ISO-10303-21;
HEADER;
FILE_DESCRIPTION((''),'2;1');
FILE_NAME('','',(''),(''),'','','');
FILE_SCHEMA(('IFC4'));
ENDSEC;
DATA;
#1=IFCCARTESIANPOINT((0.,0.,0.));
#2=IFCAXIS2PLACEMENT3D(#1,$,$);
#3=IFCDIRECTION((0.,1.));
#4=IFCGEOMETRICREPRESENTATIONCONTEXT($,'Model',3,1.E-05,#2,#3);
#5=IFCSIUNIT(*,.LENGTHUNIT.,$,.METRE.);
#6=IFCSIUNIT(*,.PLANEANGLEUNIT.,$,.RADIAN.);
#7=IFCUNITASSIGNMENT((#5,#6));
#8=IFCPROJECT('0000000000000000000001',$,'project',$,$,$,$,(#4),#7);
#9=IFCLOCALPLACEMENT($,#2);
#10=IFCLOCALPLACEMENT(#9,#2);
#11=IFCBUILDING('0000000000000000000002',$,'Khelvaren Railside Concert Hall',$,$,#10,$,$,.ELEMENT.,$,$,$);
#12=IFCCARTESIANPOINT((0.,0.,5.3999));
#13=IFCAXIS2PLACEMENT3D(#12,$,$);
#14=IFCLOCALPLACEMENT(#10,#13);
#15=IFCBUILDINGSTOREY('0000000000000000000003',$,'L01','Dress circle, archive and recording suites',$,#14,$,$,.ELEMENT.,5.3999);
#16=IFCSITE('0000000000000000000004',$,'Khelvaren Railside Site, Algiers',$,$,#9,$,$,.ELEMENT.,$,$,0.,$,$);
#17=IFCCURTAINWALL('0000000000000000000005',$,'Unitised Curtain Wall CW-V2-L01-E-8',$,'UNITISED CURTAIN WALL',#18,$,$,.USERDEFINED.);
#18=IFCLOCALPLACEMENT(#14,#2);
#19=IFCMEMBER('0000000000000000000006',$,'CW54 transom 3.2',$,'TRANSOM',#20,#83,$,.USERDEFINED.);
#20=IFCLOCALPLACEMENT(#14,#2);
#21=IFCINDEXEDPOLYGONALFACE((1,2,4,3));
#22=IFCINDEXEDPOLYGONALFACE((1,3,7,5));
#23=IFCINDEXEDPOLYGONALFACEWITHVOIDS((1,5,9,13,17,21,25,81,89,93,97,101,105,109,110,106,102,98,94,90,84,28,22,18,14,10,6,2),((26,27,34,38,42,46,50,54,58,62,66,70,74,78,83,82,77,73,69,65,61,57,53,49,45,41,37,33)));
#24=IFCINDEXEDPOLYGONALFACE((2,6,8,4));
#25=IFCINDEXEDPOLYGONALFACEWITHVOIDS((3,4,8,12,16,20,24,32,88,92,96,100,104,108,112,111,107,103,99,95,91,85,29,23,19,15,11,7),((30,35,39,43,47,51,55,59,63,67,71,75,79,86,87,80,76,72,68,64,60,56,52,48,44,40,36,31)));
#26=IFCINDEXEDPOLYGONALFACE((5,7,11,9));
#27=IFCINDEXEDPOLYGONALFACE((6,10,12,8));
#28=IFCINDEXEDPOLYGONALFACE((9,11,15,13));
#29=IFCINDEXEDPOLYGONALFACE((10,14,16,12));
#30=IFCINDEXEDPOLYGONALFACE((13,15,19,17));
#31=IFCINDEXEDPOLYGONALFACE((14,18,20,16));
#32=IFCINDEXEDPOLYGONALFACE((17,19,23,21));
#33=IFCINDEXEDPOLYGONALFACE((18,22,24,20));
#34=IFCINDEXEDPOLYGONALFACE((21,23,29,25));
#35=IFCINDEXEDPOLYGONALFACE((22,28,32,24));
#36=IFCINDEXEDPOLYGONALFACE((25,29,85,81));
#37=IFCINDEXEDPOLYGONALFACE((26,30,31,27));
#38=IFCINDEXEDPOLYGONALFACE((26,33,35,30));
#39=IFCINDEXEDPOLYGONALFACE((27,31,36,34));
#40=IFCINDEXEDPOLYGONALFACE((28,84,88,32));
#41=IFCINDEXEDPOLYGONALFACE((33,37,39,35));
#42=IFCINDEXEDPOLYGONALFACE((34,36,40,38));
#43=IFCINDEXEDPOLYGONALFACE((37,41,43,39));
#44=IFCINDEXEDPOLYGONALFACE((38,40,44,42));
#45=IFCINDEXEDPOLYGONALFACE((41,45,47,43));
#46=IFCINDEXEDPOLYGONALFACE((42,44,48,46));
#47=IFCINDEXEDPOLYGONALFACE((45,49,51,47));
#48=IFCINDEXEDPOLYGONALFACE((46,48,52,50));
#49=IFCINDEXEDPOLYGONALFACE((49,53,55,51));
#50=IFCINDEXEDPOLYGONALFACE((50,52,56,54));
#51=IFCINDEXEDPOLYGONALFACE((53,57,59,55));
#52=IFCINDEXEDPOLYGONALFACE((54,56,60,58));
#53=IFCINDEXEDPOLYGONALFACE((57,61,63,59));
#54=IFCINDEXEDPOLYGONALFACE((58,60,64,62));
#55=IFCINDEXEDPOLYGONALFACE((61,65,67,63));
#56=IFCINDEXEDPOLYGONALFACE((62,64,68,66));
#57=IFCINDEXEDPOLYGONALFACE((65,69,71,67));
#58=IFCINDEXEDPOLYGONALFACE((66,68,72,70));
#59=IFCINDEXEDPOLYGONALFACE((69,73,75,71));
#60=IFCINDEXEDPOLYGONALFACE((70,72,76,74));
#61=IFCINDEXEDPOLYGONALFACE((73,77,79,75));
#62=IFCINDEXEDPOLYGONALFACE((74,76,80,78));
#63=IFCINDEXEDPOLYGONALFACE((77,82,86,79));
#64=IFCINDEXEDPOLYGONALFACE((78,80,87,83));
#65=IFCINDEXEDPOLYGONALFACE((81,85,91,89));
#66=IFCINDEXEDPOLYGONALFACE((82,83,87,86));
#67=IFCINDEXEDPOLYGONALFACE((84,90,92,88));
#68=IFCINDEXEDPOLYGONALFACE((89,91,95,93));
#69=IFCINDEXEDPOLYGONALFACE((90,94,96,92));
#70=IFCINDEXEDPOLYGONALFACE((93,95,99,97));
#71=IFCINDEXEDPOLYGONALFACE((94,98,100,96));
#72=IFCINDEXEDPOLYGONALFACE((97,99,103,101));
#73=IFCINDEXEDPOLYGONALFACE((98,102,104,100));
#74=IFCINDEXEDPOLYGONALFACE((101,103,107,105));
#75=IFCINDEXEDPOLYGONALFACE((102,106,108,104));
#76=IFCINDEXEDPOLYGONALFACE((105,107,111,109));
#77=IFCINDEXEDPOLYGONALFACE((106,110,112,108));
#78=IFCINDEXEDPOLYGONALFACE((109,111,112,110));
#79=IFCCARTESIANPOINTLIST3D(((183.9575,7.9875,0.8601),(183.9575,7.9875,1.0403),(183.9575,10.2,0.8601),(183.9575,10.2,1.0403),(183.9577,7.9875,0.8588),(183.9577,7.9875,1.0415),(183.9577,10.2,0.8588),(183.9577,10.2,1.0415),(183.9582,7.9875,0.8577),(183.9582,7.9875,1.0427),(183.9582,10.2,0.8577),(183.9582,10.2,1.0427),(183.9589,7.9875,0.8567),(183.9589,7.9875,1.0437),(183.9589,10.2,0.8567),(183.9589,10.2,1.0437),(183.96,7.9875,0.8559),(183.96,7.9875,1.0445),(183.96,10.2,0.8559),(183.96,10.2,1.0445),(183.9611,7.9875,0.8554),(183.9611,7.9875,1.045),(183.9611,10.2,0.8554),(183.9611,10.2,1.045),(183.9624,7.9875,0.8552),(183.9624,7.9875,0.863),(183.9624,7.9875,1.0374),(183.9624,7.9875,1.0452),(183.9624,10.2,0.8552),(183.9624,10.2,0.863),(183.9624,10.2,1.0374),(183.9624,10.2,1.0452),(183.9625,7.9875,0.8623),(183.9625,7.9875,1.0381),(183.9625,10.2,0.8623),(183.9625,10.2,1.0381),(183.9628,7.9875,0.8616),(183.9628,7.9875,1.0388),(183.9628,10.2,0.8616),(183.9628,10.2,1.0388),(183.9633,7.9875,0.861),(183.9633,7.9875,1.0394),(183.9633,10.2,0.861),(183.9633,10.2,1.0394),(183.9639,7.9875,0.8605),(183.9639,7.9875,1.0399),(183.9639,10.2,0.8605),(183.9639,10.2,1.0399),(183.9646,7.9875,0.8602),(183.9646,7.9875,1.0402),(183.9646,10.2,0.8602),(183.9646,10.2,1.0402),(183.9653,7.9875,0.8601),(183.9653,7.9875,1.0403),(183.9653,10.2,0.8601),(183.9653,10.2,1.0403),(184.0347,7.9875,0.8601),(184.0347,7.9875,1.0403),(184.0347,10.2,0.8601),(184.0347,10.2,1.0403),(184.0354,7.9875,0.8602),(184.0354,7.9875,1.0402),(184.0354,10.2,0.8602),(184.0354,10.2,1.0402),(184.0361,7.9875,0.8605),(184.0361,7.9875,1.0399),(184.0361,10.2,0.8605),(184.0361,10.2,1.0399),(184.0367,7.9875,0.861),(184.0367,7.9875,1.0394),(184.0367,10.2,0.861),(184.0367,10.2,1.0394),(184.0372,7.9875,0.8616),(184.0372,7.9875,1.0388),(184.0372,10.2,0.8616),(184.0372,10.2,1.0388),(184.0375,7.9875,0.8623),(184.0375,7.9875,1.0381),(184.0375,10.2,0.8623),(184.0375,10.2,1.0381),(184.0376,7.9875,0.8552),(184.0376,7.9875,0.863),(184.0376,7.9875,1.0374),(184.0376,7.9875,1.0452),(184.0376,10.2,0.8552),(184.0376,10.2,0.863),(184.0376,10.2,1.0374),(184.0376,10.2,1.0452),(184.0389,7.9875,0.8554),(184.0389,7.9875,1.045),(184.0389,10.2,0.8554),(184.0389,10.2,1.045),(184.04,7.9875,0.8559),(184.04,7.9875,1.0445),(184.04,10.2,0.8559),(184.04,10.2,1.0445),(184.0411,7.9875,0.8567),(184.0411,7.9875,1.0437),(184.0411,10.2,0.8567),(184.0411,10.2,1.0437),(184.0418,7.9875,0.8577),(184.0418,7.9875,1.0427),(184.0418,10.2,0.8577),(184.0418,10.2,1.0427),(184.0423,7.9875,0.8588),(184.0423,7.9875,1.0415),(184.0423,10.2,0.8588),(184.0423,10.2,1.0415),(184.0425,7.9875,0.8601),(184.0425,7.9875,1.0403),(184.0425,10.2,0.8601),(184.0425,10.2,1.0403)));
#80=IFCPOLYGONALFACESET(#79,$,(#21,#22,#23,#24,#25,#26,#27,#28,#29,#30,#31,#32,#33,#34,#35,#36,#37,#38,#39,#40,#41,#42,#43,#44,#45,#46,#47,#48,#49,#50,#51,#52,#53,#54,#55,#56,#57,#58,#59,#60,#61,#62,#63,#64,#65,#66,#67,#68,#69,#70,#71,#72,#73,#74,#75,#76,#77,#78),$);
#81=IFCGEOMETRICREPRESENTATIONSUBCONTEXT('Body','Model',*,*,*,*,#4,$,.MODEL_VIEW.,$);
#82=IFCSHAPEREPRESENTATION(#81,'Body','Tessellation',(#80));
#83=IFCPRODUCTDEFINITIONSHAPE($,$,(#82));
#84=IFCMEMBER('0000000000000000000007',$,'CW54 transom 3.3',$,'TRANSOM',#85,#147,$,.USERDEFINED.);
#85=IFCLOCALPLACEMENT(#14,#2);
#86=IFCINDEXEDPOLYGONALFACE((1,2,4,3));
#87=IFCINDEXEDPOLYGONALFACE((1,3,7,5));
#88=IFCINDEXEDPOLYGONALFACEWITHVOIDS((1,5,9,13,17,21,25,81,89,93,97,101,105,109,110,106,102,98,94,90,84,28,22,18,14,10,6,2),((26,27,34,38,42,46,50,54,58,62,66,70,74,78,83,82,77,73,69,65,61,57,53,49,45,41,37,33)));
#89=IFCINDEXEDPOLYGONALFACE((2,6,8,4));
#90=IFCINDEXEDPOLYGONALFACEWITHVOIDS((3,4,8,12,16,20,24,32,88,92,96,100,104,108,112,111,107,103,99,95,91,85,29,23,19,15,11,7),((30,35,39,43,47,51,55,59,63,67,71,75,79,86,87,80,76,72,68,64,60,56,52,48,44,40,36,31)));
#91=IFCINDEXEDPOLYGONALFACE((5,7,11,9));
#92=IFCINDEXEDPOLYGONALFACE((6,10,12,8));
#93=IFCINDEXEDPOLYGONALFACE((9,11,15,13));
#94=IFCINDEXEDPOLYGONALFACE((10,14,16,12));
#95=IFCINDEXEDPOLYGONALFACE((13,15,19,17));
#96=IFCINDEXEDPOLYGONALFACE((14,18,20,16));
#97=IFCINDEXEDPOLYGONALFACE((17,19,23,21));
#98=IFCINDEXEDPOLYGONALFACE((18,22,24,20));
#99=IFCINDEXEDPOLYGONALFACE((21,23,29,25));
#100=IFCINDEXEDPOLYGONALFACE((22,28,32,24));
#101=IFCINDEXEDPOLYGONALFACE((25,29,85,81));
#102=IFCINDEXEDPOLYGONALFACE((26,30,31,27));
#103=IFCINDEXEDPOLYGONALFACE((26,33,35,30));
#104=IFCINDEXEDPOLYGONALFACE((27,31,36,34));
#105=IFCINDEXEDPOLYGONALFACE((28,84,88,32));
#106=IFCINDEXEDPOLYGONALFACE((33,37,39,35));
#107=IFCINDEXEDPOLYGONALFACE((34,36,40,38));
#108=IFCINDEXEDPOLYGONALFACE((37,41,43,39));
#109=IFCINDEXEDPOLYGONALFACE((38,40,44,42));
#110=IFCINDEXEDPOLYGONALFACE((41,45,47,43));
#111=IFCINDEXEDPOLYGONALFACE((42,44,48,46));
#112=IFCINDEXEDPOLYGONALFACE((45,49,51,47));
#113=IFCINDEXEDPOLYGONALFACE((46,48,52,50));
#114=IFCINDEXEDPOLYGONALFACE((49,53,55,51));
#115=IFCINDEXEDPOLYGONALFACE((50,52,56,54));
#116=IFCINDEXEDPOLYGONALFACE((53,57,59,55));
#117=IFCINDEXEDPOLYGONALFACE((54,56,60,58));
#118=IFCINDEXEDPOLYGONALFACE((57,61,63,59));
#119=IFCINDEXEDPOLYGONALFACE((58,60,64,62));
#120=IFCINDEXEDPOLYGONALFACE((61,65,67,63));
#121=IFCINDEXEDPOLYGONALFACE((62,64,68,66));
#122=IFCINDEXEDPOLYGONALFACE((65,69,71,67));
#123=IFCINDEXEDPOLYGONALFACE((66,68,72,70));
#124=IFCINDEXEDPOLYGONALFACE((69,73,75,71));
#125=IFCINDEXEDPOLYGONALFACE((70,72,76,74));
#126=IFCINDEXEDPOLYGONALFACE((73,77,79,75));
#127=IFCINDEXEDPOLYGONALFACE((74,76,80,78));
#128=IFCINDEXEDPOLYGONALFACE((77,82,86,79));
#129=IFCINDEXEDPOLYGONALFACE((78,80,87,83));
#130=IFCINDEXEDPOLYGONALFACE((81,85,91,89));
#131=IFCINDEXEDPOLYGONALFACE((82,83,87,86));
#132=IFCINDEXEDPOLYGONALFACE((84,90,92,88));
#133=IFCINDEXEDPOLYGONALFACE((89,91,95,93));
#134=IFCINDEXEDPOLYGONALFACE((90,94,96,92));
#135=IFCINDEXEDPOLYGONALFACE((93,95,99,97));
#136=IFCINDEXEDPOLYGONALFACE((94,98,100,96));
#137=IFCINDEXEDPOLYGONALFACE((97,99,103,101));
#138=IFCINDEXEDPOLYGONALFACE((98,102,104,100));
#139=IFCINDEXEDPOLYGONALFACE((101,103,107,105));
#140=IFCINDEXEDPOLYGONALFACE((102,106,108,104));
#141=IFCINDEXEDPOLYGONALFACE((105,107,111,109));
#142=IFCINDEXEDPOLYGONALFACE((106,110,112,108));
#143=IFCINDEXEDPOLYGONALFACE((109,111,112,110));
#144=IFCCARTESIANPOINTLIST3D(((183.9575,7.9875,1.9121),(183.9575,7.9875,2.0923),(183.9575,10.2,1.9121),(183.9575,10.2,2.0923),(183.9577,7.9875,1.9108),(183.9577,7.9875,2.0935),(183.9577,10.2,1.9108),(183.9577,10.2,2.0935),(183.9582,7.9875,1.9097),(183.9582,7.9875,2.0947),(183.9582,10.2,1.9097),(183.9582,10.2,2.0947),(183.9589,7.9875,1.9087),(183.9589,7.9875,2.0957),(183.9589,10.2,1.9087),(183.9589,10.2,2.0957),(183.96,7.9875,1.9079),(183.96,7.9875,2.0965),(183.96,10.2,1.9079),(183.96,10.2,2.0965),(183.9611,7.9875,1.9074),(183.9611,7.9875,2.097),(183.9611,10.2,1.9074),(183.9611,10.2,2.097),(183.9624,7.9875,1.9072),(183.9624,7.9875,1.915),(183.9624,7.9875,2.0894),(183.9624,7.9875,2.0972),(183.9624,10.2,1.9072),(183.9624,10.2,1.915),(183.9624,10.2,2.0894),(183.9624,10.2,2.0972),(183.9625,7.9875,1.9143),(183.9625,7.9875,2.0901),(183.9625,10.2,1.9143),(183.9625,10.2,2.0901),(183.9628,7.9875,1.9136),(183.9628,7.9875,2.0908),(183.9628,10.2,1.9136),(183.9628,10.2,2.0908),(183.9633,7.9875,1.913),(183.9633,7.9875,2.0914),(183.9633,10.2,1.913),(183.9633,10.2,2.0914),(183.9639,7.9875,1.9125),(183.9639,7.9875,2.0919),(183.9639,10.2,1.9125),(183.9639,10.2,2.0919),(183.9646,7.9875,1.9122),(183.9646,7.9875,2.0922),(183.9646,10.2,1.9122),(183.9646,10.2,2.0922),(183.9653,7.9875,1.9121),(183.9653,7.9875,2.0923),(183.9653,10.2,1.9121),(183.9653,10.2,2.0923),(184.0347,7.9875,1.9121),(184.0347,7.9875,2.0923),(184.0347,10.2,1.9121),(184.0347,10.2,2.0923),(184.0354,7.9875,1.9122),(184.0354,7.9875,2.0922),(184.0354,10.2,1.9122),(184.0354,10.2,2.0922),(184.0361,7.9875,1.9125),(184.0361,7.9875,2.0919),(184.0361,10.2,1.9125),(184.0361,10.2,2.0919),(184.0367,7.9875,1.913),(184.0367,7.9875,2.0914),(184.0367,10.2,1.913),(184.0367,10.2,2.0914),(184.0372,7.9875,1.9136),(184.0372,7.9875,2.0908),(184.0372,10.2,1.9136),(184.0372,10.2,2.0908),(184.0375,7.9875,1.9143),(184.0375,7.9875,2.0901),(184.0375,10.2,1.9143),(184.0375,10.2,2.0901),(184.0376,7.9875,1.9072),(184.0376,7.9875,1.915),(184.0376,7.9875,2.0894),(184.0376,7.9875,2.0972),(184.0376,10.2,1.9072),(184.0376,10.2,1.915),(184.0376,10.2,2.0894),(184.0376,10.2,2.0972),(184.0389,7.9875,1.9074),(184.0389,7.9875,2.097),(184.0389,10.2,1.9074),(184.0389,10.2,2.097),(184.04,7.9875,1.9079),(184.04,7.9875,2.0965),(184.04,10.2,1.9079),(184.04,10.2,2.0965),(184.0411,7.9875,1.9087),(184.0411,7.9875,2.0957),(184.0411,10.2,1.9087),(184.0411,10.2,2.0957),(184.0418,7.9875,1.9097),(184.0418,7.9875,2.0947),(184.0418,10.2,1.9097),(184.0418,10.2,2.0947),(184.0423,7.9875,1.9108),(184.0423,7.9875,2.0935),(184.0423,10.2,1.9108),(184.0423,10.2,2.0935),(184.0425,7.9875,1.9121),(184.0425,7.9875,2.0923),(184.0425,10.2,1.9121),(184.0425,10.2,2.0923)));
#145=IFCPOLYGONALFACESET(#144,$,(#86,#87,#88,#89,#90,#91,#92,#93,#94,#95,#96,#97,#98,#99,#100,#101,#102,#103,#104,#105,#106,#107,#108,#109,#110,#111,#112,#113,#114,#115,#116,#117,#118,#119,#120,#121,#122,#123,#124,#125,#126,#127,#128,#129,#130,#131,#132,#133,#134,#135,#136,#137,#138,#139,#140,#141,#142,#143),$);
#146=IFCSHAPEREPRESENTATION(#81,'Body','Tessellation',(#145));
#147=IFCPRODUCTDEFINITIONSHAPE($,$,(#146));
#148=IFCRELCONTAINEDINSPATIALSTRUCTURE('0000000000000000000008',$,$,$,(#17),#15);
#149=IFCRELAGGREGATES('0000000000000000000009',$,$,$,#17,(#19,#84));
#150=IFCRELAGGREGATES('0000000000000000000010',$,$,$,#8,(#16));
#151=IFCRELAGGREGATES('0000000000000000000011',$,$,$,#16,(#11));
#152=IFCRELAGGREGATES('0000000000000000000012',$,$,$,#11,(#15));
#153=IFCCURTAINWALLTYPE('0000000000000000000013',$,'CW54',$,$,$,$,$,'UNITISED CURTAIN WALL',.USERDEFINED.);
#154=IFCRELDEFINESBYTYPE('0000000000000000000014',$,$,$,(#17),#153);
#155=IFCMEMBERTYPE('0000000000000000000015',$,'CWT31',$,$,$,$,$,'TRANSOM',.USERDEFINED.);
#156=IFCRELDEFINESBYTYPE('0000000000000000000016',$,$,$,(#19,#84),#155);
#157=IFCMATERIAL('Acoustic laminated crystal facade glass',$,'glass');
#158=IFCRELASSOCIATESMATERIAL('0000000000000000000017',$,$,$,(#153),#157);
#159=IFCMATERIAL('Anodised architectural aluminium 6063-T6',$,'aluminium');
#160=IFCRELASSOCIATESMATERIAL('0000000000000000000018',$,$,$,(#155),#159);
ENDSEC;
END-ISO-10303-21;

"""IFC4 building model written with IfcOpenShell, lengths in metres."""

from ifc_helpers import new_model, si_unit, direction, frame, origin, origin_2d, place, context, subcontext, project, spatial, hollow_rectangle, extrude, material, material_profile, profile_set, type_object, element, aggregate, save


model = new_model("IFC4")

# Units and contexts
model_context = context("Model", 3, precision=1e-05, world=origin(), true_north=direction((0.0, 1.0)))
body_context = subcontext(model_context, "Body", "Model", "MODEL_VIEW")
ifc_project = project(units=[si_unit("LENGTHUNIT", "METRE"), si_unit("PLANEANGLEUNIT", "RADIAN")], contexts=[model_context])

# Site, building, storey
site_placement = place(None, origin())
site = spatial("IfcSite", under=ifc_project, at=site_placement, Name="Khelvaren Railside Site, Algiers", CompositionType="ELEMENT", RefElevation=0.0)
building_placement = place(site_placement, origin())
building = spatial("IfcBuilding", under=site, at=building_placement, Name="Khelvaren Railside Concert Hall", CompositionType="ELEMENT")
storey_placement = place(building_placement, frame((0.0, 0.0, 5.3999)))
storey = spatial("IfcBuildingStorey", under=building, at=storey_placement, Name="L01", Description="Dress circle, archive and recording suites", CompositionType="ELEMENT", Elevation=5.3999)

# Shared definitions
ifc_material_1 = material(Name="Acoustic laminated crystal facade glass", Category="glass")
ifc_material_2 = material(Name="Anodised architectural aluminium 6063-T6", Category="aluminium")

# Curtain wall
curtain_wall_type_1 = type_object("IfcCurtainWallType", Name="CW54", ElementType="UNITISED CURTAIN WALL", PredefinedType="USERDEFINED", material=ifc_material_1)
curtain_wall_1_placement = place(storey_placement, origin())
curtain_wall_1 = element("IfcCurtainWall", 1, at=curtain_wall_1_placement, inside=storey, type_object=curtain_wall_type_1, Name="Unitised Curtain Wall CW-V2-L01-E-8", ObjectType="UNITISED CURTAIN WALL", PredefinedType="USERDEFINED")

# Members
ifc_material_profile_1 = material_profile(ifc_material_2, hollow_rectangle(XDim=0.085, YDim=0.1899, WallThickness=0.0049, InnerFilletRadius=0.0029, OuterFilletRadius=0.0049, at=origin_2d()), Name="CWT 85x190x5")
ifc_profile_set_1 = profile_set([ifc_material_profile_1], Name="Anodised architectural aluminium 6063-T6")
member_type_1 = type_object("IfcMemberType", Name="CWT31", ElementType="TRANSOM", PredefinedType="USERDEFINED", material=ifc_profile_set_1)
member_1_placement = place(storey_placement, frame((184.0, 10.2, 0.9502), z_axis=(0.0, -1.0, 0.0), x_axis=(1.0, 0.0, 0.0)))
member_1 = element("IfcMember", 2, at=member_1_placement, type_object=member_type_1, Name="CW54 transom 3.2", ObjectType="TRANSOM", PredefinedType="USERDEFINED", context=body_context, shape_type="SweptSolid", body=[
    extrude(hollow_rectangle(XDim=0.085, YDim=0.1899, WallThickness=0.0049, InnerFilletRadius=0.0029, OuterFilletRadius=0.0049, at=origin_2d()), origin(), (0.0, 0.0, 1.0), 2.2124),
])
member_2_placement = place(storey_placement, frame((184.0, 10.2, 2.0022), z_axis=(0.0, -1.0, 0.0), x_axis=(1.0, 0.0, 0.0)))
member_2 = element("IfcMember", 3, at=member_2_placement, type_object=member_type_1, Name="CW54 transom 3.3", ObjectType="TRANSOM", PredefinedType="USERDEFINED", context=body_context, shape_type="SweptSolid", body=[
    extrude(hollow_rectangle(XDim=0.085, YDim=0.1899, WallThickness=0.0049, InnerFilletRadius=0.0029, OuterFilletRadius=0.0049, at=origin_2d()), origin(), (0.0, 0.0, 1.0), 2.2124),
])

aggregate(curtain_wall_1, [member_1, member_2])

save(model, "model.ifc")
